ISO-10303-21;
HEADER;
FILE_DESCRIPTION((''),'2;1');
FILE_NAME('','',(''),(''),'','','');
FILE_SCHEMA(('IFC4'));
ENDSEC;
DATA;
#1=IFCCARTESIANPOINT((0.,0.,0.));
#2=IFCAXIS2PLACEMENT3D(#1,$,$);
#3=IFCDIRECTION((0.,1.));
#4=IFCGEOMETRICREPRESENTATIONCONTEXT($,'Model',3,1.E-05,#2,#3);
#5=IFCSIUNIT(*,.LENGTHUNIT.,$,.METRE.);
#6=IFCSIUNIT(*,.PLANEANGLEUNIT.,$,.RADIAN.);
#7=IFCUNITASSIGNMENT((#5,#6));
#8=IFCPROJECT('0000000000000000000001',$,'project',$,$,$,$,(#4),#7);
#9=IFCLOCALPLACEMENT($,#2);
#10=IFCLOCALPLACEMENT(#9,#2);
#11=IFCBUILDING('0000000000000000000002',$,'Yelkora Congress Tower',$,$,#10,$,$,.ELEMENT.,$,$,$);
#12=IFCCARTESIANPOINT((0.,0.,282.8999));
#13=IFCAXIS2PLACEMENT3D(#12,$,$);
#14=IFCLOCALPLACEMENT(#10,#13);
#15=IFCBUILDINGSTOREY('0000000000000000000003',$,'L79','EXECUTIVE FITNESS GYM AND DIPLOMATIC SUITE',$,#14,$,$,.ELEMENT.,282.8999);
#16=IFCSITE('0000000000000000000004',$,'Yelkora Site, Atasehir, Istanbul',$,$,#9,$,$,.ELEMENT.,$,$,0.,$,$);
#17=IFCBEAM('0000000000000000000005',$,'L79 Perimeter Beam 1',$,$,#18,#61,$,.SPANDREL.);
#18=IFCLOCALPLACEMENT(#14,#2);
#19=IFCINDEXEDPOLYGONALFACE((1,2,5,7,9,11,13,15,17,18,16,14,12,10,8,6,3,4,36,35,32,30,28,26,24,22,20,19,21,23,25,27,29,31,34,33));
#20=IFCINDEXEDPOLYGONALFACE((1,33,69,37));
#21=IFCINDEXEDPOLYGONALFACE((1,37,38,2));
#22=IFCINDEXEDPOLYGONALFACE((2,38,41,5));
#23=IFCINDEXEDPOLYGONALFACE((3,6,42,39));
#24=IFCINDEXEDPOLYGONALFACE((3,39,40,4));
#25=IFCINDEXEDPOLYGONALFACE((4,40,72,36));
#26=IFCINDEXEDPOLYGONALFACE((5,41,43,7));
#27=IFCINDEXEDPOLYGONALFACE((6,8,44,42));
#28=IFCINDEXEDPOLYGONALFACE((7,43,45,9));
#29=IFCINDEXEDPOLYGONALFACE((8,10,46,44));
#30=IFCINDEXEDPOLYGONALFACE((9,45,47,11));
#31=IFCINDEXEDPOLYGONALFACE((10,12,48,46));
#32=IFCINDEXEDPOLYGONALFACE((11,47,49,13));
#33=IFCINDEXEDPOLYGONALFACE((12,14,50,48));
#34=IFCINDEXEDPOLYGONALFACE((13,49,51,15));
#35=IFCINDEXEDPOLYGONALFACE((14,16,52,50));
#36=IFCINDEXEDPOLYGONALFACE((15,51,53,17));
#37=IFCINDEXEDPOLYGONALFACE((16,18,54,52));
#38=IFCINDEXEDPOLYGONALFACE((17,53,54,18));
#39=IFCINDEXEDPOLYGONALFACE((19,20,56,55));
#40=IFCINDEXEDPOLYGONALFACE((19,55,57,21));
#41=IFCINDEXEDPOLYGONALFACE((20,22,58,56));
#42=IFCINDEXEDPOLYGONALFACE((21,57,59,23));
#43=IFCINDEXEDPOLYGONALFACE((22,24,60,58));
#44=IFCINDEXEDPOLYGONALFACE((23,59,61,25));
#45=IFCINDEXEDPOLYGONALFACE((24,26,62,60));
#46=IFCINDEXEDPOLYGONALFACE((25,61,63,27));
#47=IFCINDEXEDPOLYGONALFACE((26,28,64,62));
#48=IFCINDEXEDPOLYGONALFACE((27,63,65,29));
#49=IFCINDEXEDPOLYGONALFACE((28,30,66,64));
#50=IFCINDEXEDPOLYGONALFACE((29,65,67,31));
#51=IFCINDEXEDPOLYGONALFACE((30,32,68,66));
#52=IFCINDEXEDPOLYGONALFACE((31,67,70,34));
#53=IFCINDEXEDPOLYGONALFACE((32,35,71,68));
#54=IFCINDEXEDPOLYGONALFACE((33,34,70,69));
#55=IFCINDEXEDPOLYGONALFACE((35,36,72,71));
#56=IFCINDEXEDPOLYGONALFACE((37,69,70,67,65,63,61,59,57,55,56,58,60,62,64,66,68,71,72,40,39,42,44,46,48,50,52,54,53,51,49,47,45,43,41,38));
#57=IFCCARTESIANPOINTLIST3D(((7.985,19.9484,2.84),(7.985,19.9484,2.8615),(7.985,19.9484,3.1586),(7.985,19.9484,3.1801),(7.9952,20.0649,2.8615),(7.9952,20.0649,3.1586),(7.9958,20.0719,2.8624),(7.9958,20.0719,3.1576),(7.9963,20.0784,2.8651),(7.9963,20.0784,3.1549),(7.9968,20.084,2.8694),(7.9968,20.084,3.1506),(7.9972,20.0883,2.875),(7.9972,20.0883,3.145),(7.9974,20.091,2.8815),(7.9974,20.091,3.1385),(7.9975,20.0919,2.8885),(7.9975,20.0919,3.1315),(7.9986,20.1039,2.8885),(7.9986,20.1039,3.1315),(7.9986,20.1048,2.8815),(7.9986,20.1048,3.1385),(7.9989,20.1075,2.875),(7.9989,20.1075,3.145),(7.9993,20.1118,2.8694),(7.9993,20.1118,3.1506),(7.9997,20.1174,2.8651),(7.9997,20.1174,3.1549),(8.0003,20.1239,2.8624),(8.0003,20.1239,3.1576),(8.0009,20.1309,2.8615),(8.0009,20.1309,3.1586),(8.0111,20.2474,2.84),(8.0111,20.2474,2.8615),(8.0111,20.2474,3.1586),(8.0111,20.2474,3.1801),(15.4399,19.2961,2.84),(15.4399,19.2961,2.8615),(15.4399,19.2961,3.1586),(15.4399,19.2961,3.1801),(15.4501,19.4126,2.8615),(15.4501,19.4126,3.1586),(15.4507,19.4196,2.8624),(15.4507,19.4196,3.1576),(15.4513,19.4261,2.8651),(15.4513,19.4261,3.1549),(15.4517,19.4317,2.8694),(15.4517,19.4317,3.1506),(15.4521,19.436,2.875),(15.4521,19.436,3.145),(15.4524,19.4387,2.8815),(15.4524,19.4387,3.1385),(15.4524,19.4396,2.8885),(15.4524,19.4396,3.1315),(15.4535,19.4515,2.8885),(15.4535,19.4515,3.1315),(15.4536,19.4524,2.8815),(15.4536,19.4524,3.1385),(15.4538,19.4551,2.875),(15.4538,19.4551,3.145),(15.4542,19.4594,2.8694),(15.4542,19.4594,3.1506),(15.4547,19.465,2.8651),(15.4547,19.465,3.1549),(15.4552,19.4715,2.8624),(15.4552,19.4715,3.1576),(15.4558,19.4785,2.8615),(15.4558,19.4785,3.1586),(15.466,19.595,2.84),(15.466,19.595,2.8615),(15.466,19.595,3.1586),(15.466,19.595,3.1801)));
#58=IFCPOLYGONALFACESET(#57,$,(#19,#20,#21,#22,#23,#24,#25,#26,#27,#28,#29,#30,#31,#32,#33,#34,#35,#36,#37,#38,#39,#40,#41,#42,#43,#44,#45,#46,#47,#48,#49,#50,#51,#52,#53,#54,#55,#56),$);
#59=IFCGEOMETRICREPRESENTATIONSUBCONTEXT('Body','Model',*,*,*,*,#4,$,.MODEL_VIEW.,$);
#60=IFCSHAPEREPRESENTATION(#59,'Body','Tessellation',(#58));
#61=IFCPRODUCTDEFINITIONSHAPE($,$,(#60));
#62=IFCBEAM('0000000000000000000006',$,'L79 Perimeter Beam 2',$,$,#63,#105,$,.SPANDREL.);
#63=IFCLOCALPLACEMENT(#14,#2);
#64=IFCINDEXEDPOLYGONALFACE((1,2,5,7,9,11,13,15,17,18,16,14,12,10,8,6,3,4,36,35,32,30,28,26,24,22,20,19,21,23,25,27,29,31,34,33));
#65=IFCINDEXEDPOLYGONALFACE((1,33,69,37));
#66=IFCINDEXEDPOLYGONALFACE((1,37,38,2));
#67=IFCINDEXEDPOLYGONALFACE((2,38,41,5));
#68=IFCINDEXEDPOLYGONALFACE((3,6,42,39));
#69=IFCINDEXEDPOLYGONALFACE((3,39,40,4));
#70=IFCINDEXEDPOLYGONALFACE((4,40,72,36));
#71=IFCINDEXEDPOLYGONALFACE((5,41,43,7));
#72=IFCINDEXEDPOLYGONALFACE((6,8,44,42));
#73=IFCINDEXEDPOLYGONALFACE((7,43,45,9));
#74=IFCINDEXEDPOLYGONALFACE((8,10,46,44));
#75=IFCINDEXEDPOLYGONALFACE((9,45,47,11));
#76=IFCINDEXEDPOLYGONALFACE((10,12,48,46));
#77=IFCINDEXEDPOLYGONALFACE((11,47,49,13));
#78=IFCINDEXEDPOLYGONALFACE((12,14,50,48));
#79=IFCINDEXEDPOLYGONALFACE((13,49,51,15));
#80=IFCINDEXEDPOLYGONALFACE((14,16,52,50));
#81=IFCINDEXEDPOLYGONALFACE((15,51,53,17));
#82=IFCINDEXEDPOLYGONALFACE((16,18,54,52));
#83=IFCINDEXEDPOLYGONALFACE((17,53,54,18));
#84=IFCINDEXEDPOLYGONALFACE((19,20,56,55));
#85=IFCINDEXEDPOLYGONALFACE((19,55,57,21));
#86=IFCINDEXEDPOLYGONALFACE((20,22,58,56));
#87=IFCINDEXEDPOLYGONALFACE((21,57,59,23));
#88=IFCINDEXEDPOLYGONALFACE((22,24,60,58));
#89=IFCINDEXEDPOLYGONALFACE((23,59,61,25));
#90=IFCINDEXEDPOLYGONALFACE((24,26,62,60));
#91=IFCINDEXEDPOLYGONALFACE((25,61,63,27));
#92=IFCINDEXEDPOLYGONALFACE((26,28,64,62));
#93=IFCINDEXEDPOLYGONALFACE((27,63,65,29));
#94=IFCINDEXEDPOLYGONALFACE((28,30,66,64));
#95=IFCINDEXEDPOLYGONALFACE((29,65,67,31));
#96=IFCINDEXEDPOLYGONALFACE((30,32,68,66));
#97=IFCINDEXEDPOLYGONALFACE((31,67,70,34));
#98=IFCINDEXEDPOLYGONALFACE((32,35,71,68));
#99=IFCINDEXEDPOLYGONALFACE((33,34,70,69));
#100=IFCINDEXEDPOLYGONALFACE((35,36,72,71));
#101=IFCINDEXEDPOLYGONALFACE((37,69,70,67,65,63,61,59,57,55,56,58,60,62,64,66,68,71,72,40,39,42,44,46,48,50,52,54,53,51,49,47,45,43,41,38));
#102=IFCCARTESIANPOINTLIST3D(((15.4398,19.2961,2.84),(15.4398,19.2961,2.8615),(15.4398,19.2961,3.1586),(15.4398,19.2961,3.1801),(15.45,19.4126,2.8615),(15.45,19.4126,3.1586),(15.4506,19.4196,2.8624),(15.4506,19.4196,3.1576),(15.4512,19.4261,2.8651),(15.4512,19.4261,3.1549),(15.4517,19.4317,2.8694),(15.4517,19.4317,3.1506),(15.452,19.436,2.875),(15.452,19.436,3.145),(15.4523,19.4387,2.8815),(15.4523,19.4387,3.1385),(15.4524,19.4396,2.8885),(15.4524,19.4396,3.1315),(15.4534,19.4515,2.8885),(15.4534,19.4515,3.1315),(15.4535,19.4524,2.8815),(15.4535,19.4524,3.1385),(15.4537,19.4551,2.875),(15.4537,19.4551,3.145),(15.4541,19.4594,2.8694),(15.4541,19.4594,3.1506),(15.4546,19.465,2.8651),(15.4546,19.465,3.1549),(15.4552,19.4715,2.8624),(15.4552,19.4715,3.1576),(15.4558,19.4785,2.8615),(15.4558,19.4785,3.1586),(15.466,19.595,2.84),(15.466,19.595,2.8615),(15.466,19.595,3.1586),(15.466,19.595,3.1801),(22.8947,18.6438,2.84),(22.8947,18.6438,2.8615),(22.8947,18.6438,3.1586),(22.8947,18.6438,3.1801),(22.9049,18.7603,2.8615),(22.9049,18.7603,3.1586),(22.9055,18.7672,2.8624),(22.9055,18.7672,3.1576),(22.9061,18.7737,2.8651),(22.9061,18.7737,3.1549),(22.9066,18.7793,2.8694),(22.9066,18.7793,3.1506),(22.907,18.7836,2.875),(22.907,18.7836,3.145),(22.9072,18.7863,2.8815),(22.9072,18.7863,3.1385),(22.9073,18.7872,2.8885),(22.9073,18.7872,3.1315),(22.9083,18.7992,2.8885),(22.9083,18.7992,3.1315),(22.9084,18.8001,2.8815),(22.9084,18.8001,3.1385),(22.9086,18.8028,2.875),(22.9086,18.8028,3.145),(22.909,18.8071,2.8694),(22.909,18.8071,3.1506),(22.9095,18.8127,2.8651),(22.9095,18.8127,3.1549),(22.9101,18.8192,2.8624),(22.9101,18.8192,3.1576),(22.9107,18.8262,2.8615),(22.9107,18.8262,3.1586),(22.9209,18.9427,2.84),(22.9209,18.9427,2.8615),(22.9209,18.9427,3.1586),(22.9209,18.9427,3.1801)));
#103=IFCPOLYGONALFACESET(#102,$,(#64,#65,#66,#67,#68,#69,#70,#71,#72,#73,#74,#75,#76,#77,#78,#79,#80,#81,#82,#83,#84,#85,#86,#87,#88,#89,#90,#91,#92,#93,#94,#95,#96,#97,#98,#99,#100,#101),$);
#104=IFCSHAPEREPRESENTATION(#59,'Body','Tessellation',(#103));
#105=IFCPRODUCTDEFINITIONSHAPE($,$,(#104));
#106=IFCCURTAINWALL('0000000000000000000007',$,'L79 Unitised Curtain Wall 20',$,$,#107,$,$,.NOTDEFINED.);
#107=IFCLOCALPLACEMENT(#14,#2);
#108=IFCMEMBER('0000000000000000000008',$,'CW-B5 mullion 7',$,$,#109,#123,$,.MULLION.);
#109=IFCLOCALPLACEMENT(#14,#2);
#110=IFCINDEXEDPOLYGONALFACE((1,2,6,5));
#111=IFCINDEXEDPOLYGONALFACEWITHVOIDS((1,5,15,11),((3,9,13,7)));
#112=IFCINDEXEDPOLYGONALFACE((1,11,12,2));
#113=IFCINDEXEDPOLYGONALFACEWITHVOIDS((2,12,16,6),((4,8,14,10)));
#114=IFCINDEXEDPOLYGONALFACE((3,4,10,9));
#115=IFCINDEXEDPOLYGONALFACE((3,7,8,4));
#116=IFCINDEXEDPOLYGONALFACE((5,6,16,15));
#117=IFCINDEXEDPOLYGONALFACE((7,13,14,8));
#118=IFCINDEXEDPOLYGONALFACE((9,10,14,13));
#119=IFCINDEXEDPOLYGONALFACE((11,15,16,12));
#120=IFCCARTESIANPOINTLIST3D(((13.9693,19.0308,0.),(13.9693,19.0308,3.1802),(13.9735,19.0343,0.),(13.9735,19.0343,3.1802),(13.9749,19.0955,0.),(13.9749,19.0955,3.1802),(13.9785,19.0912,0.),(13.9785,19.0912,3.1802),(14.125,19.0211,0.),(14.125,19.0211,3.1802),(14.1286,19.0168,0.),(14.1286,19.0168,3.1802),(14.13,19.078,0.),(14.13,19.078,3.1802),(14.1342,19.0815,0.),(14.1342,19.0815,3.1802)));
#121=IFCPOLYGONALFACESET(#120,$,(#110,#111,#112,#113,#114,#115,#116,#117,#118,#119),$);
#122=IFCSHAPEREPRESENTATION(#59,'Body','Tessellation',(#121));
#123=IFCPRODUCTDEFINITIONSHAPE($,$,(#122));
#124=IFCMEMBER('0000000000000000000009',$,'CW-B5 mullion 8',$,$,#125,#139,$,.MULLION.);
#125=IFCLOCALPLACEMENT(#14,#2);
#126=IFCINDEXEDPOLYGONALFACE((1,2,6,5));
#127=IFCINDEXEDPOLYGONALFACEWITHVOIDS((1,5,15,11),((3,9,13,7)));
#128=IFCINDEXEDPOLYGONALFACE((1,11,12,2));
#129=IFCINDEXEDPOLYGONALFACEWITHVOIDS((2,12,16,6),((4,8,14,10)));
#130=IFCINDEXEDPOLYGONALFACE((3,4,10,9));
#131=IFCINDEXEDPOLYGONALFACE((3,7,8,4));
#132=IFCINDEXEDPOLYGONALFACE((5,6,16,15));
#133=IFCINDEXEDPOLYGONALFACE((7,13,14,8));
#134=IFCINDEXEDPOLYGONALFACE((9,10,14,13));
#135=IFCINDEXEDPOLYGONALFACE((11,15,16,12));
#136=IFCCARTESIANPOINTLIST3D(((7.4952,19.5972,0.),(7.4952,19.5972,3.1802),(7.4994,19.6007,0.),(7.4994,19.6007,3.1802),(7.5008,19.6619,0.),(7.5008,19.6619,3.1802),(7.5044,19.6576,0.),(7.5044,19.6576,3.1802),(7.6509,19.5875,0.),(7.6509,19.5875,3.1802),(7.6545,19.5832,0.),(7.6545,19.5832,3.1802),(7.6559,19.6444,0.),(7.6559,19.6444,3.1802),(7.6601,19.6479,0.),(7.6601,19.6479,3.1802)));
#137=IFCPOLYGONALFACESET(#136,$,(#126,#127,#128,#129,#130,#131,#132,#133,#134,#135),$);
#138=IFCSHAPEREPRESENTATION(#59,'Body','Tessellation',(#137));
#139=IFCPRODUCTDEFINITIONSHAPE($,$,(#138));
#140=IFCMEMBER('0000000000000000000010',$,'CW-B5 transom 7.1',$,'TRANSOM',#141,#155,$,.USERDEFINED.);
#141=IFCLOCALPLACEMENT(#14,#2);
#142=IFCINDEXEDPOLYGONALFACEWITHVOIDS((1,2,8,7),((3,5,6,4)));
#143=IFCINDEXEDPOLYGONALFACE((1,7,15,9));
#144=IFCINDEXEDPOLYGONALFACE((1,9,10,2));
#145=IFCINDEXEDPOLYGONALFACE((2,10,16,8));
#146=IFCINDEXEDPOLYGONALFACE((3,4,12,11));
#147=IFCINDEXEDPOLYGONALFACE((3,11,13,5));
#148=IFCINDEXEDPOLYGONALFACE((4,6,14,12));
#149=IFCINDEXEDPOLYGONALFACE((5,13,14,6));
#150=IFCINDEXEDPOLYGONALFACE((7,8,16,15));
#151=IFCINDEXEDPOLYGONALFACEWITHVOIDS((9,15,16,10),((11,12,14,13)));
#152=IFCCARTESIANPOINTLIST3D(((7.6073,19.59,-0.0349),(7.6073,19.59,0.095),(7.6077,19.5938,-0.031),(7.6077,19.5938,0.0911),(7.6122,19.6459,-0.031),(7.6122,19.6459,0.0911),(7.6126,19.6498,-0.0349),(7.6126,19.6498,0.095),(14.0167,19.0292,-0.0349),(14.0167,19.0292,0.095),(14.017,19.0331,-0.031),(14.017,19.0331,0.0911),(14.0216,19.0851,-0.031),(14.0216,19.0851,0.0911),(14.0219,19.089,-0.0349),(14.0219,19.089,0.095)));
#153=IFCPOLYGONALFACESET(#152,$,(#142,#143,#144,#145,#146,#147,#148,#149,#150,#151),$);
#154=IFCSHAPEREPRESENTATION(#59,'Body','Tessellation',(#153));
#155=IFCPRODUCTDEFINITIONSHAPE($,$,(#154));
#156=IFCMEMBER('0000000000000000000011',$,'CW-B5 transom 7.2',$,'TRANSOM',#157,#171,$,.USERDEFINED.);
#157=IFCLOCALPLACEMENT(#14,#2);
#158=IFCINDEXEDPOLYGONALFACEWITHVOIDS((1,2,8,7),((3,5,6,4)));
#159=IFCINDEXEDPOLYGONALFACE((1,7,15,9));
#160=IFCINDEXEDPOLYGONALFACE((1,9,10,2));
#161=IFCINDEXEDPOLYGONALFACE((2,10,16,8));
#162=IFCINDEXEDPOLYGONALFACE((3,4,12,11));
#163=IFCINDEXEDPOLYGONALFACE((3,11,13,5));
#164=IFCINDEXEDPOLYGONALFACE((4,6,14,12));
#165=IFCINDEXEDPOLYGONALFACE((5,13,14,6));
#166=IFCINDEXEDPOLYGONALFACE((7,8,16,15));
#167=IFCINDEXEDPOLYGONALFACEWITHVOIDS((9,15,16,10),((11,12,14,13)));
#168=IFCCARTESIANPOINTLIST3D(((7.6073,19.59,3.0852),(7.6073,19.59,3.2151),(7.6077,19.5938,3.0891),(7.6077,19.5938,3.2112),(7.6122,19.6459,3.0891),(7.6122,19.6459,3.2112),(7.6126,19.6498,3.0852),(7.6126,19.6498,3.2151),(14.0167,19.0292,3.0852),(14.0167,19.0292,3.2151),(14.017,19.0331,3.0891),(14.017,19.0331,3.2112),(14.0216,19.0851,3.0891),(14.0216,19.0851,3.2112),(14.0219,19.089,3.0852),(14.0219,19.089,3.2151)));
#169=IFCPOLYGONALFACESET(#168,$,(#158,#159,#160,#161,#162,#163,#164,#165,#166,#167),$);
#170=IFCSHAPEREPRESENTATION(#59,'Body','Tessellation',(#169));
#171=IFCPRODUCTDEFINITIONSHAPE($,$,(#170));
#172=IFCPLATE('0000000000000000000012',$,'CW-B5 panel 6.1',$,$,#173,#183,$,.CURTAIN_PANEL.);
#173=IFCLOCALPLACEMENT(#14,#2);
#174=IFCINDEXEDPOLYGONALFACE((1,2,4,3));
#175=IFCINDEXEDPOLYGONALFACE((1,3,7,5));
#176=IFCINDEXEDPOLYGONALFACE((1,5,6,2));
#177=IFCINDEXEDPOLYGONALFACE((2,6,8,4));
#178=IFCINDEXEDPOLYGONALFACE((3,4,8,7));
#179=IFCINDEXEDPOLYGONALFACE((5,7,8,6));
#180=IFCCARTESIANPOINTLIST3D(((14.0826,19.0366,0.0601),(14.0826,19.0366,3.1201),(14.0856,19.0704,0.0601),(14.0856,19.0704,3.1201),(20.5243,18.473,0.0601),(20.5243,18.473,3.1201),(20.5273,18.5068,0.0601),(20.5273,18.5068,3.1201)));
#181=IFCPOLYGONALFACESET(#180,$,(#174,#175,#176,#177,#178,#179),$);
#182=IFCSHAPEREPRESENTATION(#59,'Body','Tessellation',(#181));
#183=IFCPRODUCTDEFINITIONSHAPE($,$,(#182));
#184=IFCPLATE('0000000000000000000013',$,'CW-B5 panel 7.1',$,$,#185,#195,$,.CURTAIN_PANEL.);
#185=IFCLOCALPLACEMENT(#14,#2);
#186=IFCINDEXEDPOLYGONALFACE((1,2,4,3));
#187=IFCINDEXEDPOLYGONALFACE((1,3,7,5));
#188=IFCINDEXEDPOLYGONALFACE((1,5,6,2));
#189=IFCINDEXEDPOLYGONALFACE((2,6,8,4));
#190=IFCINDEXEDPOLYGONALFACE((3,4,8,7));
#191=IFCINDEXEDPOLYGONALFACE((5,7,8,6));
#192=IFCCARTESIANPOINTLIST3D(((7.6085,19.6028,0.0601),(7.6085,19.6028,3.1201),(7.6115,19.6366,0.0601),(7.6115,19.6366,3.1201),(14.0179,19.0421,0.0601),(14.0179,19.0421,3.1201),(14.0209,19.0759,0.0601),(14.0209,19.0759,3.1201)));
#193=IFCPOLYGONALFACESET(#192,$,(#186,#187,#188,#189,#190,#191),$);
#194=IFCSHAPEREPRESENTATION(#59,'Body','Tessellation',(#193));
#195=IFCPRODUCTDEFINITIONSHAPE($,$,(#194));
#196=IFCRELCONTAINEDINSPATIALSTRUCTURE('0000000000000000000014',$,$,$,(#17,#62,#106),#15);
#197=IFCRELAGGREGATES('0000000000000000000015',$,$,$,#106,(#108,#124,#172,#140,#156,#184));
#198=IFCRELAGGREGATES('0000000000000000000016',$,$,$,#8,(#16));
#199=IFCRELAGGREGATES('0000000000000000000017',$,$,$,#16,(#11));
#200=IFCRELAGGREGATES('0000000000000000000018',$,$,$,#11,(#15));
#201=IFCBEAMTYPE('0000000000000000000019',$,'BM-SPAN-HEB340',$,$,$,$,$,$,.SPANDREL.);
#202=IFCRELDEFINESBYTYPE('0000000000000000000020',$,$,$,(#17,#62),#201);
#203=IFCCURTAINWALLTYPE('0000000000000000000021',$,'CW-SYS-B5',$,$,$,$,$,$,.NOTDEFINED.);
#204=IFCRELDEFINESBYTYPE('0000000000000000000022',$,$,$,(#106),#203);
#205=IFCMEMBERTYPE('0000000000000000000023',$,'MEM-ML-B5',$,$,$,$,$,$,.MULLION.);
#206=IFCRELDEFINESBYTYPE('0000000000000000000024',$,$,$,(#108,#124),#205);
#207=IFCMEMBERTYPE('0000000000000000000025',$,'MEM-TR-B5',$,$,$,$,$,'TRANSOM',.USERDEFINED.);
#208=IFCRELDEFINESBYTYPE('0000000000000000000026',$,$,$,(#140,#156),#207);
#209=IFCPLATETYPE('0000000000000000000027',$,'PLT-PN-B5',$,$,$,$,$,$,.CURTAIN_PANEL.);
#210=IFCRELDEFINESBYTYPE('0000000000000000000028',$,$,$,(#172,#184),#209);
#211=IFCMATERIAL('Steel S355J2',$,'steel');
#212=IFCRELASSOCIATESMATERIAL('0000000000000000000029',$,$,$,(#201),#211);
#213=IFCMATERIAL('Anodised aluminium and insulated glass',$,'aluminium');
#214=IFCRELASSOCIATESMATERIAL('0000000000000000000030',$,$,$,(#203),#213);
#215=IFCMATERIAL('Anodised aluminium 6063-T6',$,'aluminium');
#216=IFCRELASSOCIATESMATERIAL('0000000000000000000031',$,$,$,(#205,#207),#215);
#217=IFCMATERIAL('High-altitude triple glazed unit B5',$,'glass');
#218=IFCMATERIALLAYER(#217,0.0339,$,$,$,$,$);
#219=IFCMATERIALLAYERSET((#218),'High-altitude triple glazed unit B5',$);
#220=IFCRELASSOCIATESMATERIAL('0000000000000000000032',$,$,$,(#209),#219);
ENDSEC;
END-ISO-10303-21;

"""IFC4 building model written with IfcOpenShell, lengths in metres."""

from ifc_helpers import new_model, si_unit, direction, frame, origin, origin_2d, place, context, subcontext, project, spatial, rectangle, hollow_rectangle, i_section, extrude, material, layer, layer_set, material_profile, profile_set, type_object, element, aggregate, save


model = new_model("IFC4")

# Units and contexts
model_context = context("Model", 3, precision=1e-05, world=origin(), true_north=direction((0.0, 1.0)))
body_context = subcontext(model_context, "Body", "Model", "MODEL_VIEW")
ifc_project = project(units=[si_unit("LENGTHUNIT", "METRE"), si_unit("PLANEANGLEUNIT", "RADIAN")], contexts=[model_context])

# Site, building, storey
site_placement = place(None, origin())
site = spatial("IfcSite", under=ifc_project, at=site_placement, Name="Yelkora Site, Atasehir, Istanbul", CompositionType="ELEMENT", RefElevation=0.0)
building_placement = place(site_placement, origin())
building = spatial("IfcBuilding", under=site, at=building_placement, Name="Yelkora Congress Tower", CompositionType="ELEMENT")
storey_placement = place(building_placement, frame((0.0, 0.0, 282.8999)))
storey = spatial("IfcBuildingStorey", under=building, at=storey_placement, Name="L79", Description="EXECUTIVE FITNESS GYM AND DIPLOMATIC SUITE", CompositionType="ELEMENT", Elevation=282.8999)

# Shared definitions
ifc_material_1 = material(Name="Steel S355J2", Category="steel")

# Beams
ifc_material_profile_1 = material_profile(ifc_material_1, i_section(OverallWidth=0.3, OverallDepth=0.3401, WebThickness=0.012, FlangeThickness=0.0215, FilletRadius=0.0271, at=origin_2d()), Name="HEB 340")
ifc_profile_set_1 = profile_set([ifc_material_profile_1], Name="Steel S355J2")
beam_type_1 = type_object("IfcBeamType", Name="BM-SPAN-HEB340", PredefinedType="SPANDREL", material=ifc_profile_set_1)
for number, where, z_axis, x_axis, name in (
    (1, (7.998, 20.0979, 3.01), (0.996193, -0.087173, 0.0), (0.087173, 0.996193, 0.0), "L79 Perimeter Beam 1"),
    (2, (15.4529, 19.4456, 3.01), (0.996193, -0.087173, 0.0), (0.087173, 0.996193, 0.0), "L79 Perimeter Beam 2"),
):
    element("IfcBeam", number, at=place(storey_placement, frame(where, z_axis=z_axis, x_axis=x_axis)), inside=storey, type_object=beam_type_1, Name=name, PredefinedType="SPANDREL", context=body_context, shape_type="SweptSolid", body=[
        extrude(i_section(OverallWidth=0.3, OverallDepth=0.3401, WebThickness=0.012, FlangeThickness=0.0215, FilletRadius=0.0271, at=origin_2d()), origin(), (0.0, 0.0, 1.0), 7.4834),
    ])

# Curtain wall, members, plates
ifc_material_2 = material(Name="Anodised aluminium and insulated glass", Category="aluminium")
curtain_wall_type = type_object("IfcCurtainWallType", Name="CW-SYS-B5", PredefinedType="NOTDEFINED", material=ifc_material_2)
curtain_wall_placement = place(storey_placement, origin())
curtain_wall = element("IfcCurtainWall", 3, at=curtain_wall_placement, inside=storey, type_object=curtain_wall_type, Name="L79 Unitised Curtain Wall 20", PredefinedType="NOTDEFINED")
ifc_material_3 = material(Name="Anodised aluminium 6063-T6", Category="aluminium")
ifc_material_profile_2 = material_profile(ifc_material_3, hollow_rectangle(XDim=0.0649, YDim=0.1599, WallThickness=0.0039, at=origin_2d()), Name="ALU 65x160x4")
ifc_profile_set_2 = profile_set([ifc_material_profile_2], Name="Anodised aluminium 6063-T6")
member_type_1 = type_object("IfcMemberType", Name="MEM-ML-B5", PredefinedType="MULLION", material=ifc_profile_set_2)
member_1_placement = place(storey_placement, frame((14.0518, 19.0562, 0.0), z_axis=(0.0, 0.0, 1.0), x_axis=(-0.087157, -0.996195, 0.0)))
member_1 = element("IfcMember", 4, at=member_1_placement, type_object=member_type_1, Name="CW-B5 mullion 7", PredefinedType="MULLION", context=body_context, shape_type="SweptSolid", body=[
    extrude(hollow_rectangle(XDim=0.0649, YDim=0.1599, WallThickness=0.0039, at=origin_2d()), origin(), (0.0, 0.0, 1.0), 3.1802),
])
member_2_placement = place(storey_placement, frame((7.5776, 19.6226, 0.0), z_axis=(0.0, 0.0, 1.0), x_axis=(-0.087157, -0.996195, 0.0)))
member_2 = element("IfcMember", 5, at=member_2_placement, type_object=member_type_1, Name="CW-B5 mullion 8", PredefinedType="MULLION", context=body_context, shape_type="SweptSolid", body=[
    extrude(hollow_rectangle(XDim=0.0649, YDim=0.1599, WallThickness=0.0039, at=origin_2d()), origin(), (0.0, 0.0, 1.0), 3.1802),
])
ifc_material_profile_3 = material_profile(ifc_material_3, hollow_rectangle(XDim=0.0601, YDim=0.1299, WallThickness=0.0039, at=origin_2d()), Name="ALU 60x130x4")
ifc_profile_set_3 = profile_set([ifc_material_profile_3], Name="Anodised aluminium 6063-T6")
member_type_2 = type_object("IfcMemberType", Name="MEM-TR-B5", ElementType="TRANSOM", PredefinedType="USERDEFINED", material=ifc_profile_set_3)
member_3_placement = place(storey_placement, frame((14.0193, 19.0591, 0.03), z_axis=(-0.996194, 0.087162, 0.0), x_axis=(-0.087162, -0.996194, 0.0)))
member_3 = element("IfcMember", 6, at=member_3_placement, type_object=member_type_2, Name="CW-B5 transom 7.1", ObjectType="TRANSOM", PredefinedType="USERDEFINED", context=body_context, shape_type="SweptSolid", body=[
    extrude(hollow_rectangle(XDim=0.0601, YDim=0.1299, WallThickness=0.0039, at=origin_2d()), origin(), (0.0, 0.0, 1.0), 6.4338),
])
member_4_placement = place(storey_placement, frame((14.0193, 19.0591, 3.1501), z_axis=(-0.996194, 0.087162, 0.0), x_axis=(-0.087162, -0.996194, 0.0)))
member_4 = element("IfcMember", 7, at=member_4_placement, type_object=member_type_2, Name="CW-B5 transom 7.2", ObjectType="TRANSOM", PredefinedType="USERDEFINED", context=body_context, shape_type="SweptSolid", body=[
    extrude(hollow_rectangle(XDim=0.0601, YDim=0.1299, WallThickness=0.0039, at=origin_2d()), origin(), (0.0, 0.0, 1.0), 6.4338),
])
ifc_material_4 = material(Name="High-altitude triple glazed unit B5", Category="glass")
ifc_layer_1 = layer(ifc_material_4, 0.0339)
ifc_layer_set_1 = layer_set([ifc_layer_1], Name="High-altitude triple glazed unit B5")
plate_type = type_object("IfcPlateType", Name="PLT-PN-B5", PredefinedType="CURTAIN_PANEL", material=ifc_layer_set_1)
plate_1_placement = place(storey_placement, frame((17.3049, 18.7717, 0.0601), z_axis=(0.0, 0.0, 1.0), x_axis=(-0.996195, 0.087157, 0.0)))
plate_1 = element("IfcPlate", 8, at=plate_1_placement, type_object=plate_type, Name="CW-B5 panel 6.1", PredefinedType="CURTAIN_PANEL", context=body_context, shape_type="SweptSolid", body=[
    extrude(rectangle(XDim=6.4663, YDim=0.0339, at=origin_2d()), origin(), (0.0, 0.0, 1.0), 3.0601),
])
plate_2_placement = place(storey_placement, frame((10.8147, 19.3394, 0.0601), z_axis=(0.0, 0.0, 1.0), x_axis=(-0.996195, 0.087157, 0.0)))
plate_2 = element("IfcPlate", 9, at=plate_2_placement, type_object=plate_type, Name="CW-B5 panel 7.1", PredefinedType="CURTAIN_PANEL", context=body_context, shape_type="SweptSolid", body=[
    extrude(rectangle(XDim=6.4338, YDim=0.0339, at=origin_2d()), origin(), (0.0, 0.0, 1.0), 3.0601),
])
aggregate(curtain_wall, [member_1, member_2, plate_1, member_3, member_4, plate_2])

save(model, "model.ifc")
